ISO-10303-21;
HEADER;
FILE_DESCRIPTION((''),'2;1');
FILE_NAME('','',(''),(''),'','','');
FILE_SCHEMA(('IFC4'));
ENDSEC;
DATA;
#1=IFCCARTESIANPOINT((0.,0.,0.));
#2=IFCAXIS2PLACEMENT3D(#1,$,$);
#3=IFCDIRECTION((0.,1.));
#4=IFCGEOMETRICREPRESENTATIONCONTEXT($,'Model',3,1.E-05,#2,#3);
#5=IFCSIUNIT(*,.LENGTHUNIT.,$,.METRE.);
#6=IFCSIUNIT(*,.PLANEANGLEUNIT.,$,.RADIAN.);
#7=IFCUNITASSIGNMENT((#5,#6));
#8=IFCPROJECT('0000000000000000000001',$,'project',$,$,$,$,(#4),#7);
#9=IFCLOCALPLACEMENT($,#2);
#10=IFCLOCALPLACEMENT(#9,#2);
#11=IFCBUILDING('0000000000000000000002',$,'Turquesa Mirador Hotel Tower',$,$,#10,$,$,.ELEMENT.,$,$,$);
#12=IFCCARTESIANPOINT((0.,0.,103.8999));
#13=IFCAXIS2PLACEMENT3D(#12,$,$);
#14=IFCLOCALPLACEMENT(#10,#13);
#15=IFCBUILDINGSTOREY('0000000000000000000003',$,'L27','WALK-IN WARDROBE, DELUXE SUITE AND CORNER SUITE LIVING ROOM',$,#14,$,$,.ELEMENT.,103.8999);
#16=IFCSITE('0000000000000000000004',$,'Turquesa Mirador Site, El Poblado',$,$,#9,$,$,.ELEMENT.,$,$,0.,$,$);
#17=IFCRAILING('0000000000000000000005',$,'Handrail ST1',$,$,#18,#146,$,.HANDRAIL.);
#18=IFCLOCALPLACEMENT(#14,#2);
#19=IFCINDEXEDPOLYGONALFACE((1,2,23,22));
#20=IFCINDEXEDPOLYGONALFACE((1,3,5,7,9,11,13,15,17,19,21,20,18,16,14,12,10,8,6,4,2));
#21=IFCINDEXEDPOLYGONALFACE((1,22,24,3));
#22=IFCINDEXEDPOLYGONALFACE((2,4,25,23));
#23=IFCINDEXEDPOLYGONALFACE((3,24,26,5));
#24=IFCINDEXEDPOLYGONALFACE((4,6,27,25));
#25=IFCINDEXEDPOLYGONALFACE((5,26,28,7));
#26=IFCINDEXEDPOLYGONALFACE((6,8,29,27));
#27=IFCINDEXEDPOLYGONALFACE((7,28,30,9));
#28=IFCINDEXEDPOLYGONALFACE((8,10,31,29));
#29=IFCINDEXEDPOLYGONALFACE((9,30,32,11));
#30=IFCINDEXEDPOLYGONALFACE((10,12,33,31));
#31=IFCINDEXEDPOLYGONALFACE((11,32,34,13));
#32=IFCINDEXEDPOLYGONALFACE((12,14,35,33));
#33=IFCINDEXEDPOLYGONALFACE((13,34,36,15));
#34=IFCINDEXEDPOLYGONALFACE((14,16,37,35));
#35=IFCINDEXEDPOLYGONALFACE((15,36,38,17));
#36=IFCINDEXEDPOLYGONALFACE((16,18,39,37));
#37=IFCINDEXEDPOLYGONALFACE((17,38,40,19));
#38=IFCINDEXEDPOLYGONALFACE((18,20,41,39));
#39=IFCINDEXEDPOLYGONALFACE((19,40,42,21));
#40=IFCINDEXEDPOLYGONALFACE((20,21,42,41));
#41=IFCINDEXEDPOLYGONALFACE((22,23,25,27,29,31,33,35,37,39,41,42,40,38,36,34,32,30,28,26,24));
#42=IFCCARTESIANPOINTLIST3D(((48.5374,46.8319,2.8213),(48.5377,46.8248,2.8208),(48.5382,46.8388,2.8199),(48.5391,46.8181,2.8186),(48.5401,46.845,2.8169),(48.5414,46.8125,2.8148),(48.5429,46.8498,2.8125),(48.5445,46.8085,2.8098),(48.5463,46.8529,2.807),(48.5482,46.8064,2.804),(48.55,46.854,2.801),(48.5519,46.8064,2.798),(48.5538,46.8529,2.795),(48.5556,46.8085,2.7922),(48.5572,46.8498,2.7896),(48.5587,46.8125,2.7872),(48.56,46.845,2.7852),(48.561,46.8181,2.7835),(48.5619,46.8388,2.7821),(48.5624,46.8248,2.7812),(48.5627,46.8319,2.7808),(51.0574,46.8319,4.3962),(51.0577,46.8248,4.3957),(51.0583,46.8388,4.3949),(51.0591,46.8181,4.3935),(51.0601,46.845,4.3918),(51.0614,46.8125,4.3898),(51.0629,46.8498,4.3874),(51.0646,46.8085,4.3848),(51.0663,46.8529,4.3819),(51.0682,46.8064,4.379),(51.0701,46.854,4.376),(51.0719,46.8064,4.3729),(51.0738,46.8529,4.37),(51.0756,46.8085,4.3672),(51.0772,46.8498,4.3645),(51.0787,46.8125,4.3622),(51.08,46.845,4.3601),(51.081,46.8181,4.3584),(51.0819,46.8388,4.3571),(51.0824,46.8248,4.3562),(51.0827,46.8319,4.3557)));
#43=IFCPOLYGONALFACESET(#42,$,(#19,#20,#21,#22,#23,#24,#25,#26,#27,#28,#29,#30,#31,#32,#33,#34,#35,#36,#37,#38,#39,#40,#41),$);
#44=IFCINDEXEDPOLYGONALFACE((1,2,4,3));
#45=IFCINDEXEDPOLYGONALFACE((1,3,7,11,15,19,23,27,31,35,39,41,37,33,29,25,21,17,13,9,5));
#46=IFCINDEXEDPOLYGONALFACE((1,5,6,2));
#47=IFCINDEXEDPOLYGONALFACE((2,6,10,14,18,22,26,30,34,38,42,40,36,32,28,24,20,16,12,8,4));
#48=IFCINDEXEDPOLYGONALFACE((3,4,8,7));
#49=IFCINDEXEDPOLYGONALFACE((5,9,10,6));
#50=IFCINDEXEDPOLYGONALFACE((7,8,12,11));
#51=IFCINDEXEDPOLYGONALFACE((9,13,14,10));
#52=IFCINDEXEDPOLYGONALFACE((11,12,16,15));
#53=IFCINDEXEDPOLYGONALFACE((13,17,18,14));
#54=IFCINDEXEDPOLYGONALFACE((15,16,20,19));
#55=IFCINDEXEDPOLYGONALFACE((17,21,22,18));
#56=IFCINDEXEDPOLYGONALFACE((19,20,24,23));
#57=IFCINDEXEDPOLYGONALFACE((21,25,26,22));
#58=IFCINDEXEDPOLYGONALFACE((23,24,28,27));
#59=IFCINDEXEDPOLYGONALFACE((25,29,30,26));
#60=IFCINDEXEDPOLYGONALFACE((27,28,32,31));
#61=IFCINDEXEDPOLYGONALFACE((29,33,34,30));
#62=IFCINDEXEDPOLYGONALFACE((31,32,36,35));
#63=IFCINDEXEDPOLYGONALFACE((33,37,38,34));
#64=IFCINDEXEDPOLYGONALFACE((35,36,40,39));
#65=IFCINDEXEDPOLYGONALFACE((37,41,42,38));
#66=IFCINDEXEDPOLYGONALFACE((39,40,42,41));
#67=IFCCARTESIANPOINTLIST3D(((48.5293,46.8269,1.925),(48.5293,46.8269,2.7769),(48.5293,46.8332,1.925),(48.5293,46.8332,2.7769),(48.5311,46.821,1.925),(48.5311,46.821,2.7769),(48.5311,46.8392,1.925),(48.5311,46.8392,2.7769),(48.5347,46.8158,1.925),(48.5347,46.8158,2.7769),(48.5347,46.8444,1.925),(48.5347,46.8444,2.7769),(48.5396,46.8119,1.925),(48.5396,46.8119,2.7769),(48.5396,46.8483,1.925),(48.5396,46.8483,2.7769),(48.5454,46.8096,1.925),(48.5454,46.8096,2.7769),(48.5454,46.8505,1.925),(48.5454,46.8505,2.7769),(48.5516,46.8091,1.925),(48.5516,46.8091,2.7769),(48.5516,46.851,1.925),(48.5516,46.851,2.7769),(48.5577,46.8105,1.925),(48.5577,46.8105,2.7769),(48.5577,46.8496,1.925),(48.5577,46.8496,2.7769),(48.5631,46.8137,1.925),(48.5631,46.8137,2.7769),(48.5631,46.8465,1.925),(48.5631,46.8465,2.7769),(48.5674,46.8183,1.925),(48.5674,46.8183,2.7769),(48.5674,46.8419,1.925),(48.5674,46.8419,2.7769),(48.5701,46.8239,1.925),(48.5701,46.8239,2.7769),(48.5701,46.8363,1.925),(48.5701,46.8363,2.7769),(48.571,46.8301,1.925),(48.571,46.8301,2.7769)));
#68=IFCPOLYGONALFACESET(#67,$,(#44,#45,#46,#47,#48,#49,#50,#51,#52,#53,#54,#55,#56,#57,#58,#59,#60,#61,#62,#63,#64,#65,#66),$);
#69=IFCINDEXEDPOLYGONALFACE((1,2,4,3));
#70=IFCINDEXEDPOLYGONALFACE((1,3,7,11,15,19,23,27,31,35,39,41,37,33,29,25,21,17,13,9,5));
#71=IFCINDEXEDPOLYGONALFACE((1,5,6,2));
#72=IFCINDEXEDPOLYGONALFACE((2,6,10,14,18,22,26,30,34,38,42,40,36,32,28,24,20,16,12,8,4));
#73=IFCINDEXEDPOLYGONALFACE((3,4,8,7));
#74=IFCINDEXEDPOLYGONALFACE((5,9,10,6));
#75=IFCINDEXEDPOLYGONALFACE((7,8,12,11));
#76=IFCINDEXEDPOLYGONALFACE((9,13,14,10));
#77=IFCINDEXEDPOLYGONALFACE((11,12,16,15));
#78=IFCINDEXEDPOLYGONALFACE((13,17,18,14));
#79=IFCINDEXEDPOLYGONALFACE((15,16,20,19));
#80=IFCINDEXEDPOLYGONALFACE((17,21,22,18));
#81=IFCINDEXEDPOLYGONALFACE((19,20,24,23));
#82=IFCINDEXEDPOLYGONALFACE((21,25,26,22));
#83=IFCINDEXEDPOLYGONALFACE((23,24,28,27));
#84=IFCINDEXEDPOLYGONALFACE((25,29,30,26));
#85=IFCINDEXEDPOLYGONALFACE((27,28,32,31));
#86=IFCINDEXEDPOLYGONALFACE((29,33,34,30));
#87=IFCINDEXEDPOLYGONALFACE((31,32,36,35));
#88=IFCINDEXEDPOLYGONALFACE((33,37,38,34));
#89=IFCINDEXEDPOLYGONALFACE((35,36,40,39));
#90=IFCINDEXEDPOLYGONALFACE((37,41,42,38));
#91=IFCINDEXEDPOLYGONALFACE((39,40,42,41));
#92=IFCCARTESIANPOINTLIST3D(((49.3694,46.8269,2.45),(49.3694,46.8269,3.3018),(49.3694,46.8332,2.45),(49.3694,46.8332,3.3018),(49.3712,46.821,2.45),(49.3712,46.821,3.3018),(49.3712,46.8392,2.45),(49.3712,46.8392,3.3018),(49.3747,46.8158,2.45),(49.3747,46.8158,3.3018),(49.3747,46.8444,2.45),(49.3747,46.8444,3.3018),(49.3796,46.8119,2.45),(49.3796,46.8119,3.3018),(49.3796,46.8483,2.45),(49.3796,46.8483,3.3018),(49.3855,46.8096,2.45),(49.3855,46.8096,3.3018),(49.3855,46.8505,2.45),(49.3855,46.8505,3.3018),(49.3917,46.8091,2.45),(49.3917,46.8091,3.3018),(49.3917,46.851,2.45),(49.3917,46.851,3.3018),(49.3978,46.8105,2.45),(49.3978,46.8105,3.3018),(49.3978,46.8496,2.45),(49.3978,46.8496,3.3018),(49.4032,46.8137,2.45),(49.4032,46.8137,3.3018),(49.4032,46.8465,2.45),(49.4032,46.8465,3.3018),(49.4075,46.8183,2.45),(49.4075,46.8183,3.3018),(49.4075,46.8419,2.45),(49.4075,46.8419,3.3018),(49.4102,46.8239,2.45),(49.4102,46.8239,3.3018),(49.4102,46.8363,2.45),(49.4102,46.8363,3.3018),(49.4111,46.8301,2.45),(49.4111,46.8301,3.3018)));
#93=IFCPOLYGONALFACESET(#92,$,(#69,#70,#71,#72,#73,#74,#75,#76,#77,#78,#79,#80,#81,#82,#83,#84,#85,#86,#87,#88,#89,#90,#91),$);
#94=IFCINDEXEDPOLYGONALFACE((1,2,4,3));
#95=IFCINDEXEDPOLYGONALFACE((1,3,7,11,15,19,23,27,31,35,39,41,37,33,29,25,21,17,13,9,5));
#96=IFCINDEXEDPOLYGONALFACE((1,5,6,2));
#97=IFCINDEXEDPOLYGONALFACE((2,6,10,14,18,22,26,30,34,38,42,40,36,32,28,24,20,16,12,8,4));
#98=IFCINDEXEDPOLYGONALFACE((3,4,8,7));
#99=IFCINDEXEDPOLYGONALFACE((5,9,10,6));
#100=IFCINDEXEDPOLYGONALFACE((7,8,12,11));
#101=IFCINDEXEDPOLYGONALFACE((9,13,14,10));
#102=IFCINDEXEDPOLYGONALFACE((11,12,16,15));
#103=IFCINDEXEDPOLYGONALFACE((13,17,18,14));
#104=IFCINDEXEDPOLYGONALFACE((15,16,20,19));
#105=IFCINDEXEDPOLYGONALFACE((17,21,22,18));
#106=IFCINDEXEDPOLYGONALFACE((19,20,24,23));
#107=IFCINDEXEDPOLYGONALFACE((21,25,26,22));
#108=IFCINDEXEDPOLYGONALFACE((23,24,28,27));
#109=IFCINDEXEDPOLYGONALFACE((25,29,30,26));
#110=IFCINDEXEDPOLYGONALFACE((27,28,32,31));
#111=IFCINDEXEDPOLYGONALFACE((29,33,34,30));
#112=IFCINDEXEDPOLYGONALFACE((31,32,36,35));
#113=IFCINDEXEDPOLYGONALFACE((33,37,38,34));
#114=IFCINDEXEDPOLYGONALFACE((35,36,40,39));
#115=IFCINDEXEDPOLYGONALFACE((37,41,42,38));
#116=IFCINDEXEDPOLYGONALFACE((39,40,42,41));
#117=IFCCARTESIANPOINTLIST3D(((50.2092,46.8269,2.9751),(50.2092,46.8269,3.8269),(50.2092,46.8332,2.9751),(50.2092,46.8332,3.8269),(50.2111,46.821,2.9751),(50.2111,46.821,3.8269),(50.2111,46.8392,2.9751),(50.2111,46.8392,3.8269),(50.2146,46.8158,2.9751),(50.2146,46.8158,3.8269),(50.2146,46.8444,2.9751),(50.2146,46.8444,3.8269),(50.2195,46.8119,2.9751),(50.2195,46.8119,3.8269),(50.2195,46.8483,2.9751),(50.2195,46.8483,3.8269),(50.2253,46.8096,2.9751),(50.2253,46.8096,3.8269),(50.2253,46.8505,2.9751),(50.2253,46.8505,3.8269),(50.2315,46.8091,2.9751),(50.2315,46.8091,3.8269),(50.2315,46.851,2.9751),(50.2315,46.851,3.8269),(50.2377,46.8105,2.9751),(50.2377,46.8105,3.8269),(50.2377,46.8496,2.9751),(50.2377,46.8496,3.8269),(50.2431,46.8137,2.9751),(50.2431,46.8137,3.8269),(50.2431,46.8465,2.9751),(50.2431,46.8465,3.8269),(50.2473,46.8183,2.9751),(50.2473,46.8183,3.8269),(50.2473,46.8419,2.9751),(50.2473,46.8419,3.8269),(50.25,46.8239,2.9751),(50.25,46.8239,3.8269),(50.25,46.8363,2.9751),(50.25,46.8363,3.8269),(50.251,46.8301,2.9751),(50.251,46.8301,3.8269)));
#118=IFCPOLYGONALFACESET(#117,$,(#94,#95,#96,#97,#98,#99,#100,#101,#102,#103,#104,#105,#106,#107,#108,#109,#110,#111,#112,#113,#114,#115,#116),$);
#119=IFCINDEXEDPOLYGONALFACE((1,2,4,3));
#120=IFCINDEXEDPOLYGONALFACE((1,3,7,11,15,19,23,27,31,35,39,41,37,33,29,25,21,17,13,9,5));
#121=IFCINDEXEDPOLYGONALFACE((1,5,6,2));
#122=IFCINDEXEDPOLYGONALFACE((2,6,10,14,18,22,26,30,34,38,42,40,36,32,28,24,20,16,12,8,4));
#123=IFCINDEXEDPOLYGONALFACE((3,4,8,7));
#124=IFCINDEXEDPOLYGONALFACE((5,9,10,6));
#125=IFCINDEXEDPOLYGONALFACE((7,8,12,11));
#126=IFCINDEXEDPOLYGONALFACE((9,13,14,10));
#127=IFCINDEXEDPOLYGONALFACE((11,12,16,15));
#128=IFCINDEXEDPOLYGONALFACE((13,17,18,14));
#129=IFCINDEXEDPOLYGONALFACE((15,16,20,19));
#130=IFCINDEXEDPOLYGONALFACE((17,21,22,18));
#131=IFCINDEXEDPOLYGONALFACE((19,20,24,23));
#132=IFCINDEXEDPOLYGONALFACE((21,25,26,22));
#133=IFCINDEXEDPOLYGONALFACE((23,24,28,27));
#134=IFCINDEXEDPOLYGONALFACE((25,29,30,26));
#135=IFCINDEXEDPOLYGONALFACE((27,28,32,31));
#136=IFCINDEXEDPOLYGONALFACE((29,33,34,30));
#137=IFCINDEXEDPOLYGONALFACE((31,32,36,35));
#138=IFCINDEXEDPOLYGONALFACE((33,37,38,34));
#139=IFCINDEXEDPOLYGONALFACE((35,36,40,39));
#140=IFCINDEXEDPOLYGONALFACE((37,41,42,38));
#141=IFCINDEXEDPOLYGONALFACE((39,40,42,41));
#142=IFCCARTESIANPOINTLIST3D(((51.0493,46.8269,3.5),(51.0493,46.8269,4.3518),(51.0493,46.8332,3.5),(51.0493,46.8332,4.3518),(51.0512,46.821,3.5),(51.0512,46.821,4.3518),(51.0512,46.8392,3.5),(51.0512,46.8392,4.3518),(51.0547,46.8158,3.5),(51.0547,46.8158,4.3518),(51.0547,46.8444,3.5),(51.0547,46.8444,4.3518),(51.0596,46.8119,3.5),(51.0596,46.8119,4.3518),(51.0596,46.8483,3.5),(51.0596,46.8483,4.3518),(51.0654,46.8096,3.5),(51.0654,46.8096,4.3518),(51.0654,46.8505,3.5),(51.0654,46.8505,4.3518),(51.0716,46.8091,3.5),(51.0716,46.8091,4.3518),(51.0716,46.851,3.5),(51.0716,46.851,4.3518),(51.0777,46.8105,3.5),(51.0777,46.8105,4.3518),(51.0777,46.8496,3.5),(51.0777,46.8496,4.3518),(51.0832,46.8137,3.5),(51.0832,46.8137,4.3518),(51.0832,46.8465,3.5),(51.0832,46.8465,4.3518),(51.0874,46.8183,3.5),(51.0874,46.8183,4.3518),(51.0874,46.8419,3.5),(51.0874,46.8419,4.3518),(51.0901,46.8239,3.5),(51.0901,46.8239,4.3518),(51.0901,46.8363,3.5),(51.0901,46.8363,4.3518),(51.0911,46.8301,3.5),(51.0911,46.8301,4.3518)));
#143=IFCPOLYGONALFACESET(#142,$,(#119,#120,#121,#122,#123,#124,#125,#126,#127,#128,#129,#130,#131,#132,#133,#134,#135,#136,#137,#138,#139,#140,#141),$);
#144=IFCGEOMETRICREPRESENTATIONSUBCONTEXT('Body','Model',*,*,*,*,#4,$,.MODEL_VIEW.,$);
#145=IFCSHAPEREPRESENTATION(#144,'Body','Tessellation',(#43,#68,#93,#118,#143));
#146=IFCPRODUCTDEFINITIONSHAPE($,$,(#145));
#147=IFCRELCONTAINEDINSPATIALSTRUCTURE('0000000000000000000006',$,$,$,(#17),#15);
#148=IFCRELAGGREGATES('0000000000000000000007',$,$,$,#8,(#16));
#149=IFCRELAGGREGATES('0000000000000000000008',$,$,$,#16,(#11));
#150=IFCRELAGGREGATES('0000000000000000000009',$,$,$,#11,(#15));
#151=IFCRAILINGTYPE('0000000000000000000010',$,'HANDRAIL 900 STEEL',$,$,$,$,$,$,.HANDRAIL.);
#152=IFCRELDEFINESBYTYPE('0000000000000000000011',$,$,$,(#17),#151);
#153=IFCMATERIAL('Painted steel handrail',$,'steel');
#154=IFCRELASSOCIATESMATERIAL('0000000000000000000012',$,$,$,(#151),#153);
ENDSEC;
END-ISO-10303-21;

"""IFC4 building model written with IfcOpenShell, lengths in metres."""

from ifc_helpers import new_model, si_unit, direction, frame, origin, origin_2d, place, context, subcontext, project, spatial, circle, extrude, material, type_object, element, save


model = new_model("IFC4")

# Units and contexts
model_context = context("Model", 3, precision=1e-05, world=origin(), true_north=direction((0.0, 1.0)))
body_context = subcontext(model_context, "Body", "Model", "MODEL_VIEW")
ifc_project = project(units=[si_unit("LENGTHUNIT", "METRE"), si_unit("PLANEANGLEUNIT", "RADIAN")], contexts=[model_context])

# Site, building, storey
site_placement = place(None, origin())
site = spatial("IfcSite", under=ifc_project, at=site_placement, Name="Turquesa Mirador Site, El Poblado", CompositionType="ELEMENT", RefElevation=0.0)
building_placement = place(site_placement, origin())
building = spatial("IfcBuilding", under=site, at=building_placement, Name="Turquesa Mirador Hotel Tower", CompositionType="ELEMENT")
storey_placement = place(building_placement, frame((0.0, 0.0, 103.8999)))
storey = spatial("IfcBuildingStorey", under=building, at=storey_placement, Name="L27", Description="WALK-IN WARDROBE, DELUXE SUITE AND CORNER SUITE LIVING ROOM", CompositionType="ELEMENT", Elevation=103.8999)

# Railing
ifc_material_1 = material(Name="Painted steel handrail", Category="steel")
railing_type = type_object("IfcRailingType", Name="HANDRAIL 900 STEEL", PredefinedType="HANDRAIL", material=ifc_material_1)
for number, where, name in (
    (1, (48.55, 46.8301, 1.925), "Handrail ST1"),
):
    element("IfcRailing", number, at=place(storey_placement, frame(where)), inside=storey, type_object=railing_type, Name=name, PredefinedType="HANDRAIL", context=body_context, shape_type="SweptSolid", body=[
        extrude(circle(Radius=0.0239, at=origin_2d()), frame((0.0, 0.0, 0.876), z_axis=(0.848008, 0.0, 0.529984), x_axis=(0.0, 1.0, 0.0)), (0.0, 0.0, 1.0), 2.9717),
        extrude(circle(Radius=0.021, at=origin_2d()), origin(), (0.0, 0.0, 1.0), 0.8518),
        extrude(circle(Radius=0.021, at=origin_2d()), frame((0.8401, 0.0, 0.5249)), (0.0, 0.0, 1.0), 0.8518),
        extrude(circle(Radius=0.021, at=origin_2d()), frame((1.6799, 0.0, 1.05)), (0.0, 0.0, 1.0), 0.8518),
        extrude(circle(Radius=0.021, at=origin_2d()), frame((2.52, 0.0, 1.575)), (0.0, 0.0, 1.0), 0.8518),
    ])

save(model, "model.ifc")
